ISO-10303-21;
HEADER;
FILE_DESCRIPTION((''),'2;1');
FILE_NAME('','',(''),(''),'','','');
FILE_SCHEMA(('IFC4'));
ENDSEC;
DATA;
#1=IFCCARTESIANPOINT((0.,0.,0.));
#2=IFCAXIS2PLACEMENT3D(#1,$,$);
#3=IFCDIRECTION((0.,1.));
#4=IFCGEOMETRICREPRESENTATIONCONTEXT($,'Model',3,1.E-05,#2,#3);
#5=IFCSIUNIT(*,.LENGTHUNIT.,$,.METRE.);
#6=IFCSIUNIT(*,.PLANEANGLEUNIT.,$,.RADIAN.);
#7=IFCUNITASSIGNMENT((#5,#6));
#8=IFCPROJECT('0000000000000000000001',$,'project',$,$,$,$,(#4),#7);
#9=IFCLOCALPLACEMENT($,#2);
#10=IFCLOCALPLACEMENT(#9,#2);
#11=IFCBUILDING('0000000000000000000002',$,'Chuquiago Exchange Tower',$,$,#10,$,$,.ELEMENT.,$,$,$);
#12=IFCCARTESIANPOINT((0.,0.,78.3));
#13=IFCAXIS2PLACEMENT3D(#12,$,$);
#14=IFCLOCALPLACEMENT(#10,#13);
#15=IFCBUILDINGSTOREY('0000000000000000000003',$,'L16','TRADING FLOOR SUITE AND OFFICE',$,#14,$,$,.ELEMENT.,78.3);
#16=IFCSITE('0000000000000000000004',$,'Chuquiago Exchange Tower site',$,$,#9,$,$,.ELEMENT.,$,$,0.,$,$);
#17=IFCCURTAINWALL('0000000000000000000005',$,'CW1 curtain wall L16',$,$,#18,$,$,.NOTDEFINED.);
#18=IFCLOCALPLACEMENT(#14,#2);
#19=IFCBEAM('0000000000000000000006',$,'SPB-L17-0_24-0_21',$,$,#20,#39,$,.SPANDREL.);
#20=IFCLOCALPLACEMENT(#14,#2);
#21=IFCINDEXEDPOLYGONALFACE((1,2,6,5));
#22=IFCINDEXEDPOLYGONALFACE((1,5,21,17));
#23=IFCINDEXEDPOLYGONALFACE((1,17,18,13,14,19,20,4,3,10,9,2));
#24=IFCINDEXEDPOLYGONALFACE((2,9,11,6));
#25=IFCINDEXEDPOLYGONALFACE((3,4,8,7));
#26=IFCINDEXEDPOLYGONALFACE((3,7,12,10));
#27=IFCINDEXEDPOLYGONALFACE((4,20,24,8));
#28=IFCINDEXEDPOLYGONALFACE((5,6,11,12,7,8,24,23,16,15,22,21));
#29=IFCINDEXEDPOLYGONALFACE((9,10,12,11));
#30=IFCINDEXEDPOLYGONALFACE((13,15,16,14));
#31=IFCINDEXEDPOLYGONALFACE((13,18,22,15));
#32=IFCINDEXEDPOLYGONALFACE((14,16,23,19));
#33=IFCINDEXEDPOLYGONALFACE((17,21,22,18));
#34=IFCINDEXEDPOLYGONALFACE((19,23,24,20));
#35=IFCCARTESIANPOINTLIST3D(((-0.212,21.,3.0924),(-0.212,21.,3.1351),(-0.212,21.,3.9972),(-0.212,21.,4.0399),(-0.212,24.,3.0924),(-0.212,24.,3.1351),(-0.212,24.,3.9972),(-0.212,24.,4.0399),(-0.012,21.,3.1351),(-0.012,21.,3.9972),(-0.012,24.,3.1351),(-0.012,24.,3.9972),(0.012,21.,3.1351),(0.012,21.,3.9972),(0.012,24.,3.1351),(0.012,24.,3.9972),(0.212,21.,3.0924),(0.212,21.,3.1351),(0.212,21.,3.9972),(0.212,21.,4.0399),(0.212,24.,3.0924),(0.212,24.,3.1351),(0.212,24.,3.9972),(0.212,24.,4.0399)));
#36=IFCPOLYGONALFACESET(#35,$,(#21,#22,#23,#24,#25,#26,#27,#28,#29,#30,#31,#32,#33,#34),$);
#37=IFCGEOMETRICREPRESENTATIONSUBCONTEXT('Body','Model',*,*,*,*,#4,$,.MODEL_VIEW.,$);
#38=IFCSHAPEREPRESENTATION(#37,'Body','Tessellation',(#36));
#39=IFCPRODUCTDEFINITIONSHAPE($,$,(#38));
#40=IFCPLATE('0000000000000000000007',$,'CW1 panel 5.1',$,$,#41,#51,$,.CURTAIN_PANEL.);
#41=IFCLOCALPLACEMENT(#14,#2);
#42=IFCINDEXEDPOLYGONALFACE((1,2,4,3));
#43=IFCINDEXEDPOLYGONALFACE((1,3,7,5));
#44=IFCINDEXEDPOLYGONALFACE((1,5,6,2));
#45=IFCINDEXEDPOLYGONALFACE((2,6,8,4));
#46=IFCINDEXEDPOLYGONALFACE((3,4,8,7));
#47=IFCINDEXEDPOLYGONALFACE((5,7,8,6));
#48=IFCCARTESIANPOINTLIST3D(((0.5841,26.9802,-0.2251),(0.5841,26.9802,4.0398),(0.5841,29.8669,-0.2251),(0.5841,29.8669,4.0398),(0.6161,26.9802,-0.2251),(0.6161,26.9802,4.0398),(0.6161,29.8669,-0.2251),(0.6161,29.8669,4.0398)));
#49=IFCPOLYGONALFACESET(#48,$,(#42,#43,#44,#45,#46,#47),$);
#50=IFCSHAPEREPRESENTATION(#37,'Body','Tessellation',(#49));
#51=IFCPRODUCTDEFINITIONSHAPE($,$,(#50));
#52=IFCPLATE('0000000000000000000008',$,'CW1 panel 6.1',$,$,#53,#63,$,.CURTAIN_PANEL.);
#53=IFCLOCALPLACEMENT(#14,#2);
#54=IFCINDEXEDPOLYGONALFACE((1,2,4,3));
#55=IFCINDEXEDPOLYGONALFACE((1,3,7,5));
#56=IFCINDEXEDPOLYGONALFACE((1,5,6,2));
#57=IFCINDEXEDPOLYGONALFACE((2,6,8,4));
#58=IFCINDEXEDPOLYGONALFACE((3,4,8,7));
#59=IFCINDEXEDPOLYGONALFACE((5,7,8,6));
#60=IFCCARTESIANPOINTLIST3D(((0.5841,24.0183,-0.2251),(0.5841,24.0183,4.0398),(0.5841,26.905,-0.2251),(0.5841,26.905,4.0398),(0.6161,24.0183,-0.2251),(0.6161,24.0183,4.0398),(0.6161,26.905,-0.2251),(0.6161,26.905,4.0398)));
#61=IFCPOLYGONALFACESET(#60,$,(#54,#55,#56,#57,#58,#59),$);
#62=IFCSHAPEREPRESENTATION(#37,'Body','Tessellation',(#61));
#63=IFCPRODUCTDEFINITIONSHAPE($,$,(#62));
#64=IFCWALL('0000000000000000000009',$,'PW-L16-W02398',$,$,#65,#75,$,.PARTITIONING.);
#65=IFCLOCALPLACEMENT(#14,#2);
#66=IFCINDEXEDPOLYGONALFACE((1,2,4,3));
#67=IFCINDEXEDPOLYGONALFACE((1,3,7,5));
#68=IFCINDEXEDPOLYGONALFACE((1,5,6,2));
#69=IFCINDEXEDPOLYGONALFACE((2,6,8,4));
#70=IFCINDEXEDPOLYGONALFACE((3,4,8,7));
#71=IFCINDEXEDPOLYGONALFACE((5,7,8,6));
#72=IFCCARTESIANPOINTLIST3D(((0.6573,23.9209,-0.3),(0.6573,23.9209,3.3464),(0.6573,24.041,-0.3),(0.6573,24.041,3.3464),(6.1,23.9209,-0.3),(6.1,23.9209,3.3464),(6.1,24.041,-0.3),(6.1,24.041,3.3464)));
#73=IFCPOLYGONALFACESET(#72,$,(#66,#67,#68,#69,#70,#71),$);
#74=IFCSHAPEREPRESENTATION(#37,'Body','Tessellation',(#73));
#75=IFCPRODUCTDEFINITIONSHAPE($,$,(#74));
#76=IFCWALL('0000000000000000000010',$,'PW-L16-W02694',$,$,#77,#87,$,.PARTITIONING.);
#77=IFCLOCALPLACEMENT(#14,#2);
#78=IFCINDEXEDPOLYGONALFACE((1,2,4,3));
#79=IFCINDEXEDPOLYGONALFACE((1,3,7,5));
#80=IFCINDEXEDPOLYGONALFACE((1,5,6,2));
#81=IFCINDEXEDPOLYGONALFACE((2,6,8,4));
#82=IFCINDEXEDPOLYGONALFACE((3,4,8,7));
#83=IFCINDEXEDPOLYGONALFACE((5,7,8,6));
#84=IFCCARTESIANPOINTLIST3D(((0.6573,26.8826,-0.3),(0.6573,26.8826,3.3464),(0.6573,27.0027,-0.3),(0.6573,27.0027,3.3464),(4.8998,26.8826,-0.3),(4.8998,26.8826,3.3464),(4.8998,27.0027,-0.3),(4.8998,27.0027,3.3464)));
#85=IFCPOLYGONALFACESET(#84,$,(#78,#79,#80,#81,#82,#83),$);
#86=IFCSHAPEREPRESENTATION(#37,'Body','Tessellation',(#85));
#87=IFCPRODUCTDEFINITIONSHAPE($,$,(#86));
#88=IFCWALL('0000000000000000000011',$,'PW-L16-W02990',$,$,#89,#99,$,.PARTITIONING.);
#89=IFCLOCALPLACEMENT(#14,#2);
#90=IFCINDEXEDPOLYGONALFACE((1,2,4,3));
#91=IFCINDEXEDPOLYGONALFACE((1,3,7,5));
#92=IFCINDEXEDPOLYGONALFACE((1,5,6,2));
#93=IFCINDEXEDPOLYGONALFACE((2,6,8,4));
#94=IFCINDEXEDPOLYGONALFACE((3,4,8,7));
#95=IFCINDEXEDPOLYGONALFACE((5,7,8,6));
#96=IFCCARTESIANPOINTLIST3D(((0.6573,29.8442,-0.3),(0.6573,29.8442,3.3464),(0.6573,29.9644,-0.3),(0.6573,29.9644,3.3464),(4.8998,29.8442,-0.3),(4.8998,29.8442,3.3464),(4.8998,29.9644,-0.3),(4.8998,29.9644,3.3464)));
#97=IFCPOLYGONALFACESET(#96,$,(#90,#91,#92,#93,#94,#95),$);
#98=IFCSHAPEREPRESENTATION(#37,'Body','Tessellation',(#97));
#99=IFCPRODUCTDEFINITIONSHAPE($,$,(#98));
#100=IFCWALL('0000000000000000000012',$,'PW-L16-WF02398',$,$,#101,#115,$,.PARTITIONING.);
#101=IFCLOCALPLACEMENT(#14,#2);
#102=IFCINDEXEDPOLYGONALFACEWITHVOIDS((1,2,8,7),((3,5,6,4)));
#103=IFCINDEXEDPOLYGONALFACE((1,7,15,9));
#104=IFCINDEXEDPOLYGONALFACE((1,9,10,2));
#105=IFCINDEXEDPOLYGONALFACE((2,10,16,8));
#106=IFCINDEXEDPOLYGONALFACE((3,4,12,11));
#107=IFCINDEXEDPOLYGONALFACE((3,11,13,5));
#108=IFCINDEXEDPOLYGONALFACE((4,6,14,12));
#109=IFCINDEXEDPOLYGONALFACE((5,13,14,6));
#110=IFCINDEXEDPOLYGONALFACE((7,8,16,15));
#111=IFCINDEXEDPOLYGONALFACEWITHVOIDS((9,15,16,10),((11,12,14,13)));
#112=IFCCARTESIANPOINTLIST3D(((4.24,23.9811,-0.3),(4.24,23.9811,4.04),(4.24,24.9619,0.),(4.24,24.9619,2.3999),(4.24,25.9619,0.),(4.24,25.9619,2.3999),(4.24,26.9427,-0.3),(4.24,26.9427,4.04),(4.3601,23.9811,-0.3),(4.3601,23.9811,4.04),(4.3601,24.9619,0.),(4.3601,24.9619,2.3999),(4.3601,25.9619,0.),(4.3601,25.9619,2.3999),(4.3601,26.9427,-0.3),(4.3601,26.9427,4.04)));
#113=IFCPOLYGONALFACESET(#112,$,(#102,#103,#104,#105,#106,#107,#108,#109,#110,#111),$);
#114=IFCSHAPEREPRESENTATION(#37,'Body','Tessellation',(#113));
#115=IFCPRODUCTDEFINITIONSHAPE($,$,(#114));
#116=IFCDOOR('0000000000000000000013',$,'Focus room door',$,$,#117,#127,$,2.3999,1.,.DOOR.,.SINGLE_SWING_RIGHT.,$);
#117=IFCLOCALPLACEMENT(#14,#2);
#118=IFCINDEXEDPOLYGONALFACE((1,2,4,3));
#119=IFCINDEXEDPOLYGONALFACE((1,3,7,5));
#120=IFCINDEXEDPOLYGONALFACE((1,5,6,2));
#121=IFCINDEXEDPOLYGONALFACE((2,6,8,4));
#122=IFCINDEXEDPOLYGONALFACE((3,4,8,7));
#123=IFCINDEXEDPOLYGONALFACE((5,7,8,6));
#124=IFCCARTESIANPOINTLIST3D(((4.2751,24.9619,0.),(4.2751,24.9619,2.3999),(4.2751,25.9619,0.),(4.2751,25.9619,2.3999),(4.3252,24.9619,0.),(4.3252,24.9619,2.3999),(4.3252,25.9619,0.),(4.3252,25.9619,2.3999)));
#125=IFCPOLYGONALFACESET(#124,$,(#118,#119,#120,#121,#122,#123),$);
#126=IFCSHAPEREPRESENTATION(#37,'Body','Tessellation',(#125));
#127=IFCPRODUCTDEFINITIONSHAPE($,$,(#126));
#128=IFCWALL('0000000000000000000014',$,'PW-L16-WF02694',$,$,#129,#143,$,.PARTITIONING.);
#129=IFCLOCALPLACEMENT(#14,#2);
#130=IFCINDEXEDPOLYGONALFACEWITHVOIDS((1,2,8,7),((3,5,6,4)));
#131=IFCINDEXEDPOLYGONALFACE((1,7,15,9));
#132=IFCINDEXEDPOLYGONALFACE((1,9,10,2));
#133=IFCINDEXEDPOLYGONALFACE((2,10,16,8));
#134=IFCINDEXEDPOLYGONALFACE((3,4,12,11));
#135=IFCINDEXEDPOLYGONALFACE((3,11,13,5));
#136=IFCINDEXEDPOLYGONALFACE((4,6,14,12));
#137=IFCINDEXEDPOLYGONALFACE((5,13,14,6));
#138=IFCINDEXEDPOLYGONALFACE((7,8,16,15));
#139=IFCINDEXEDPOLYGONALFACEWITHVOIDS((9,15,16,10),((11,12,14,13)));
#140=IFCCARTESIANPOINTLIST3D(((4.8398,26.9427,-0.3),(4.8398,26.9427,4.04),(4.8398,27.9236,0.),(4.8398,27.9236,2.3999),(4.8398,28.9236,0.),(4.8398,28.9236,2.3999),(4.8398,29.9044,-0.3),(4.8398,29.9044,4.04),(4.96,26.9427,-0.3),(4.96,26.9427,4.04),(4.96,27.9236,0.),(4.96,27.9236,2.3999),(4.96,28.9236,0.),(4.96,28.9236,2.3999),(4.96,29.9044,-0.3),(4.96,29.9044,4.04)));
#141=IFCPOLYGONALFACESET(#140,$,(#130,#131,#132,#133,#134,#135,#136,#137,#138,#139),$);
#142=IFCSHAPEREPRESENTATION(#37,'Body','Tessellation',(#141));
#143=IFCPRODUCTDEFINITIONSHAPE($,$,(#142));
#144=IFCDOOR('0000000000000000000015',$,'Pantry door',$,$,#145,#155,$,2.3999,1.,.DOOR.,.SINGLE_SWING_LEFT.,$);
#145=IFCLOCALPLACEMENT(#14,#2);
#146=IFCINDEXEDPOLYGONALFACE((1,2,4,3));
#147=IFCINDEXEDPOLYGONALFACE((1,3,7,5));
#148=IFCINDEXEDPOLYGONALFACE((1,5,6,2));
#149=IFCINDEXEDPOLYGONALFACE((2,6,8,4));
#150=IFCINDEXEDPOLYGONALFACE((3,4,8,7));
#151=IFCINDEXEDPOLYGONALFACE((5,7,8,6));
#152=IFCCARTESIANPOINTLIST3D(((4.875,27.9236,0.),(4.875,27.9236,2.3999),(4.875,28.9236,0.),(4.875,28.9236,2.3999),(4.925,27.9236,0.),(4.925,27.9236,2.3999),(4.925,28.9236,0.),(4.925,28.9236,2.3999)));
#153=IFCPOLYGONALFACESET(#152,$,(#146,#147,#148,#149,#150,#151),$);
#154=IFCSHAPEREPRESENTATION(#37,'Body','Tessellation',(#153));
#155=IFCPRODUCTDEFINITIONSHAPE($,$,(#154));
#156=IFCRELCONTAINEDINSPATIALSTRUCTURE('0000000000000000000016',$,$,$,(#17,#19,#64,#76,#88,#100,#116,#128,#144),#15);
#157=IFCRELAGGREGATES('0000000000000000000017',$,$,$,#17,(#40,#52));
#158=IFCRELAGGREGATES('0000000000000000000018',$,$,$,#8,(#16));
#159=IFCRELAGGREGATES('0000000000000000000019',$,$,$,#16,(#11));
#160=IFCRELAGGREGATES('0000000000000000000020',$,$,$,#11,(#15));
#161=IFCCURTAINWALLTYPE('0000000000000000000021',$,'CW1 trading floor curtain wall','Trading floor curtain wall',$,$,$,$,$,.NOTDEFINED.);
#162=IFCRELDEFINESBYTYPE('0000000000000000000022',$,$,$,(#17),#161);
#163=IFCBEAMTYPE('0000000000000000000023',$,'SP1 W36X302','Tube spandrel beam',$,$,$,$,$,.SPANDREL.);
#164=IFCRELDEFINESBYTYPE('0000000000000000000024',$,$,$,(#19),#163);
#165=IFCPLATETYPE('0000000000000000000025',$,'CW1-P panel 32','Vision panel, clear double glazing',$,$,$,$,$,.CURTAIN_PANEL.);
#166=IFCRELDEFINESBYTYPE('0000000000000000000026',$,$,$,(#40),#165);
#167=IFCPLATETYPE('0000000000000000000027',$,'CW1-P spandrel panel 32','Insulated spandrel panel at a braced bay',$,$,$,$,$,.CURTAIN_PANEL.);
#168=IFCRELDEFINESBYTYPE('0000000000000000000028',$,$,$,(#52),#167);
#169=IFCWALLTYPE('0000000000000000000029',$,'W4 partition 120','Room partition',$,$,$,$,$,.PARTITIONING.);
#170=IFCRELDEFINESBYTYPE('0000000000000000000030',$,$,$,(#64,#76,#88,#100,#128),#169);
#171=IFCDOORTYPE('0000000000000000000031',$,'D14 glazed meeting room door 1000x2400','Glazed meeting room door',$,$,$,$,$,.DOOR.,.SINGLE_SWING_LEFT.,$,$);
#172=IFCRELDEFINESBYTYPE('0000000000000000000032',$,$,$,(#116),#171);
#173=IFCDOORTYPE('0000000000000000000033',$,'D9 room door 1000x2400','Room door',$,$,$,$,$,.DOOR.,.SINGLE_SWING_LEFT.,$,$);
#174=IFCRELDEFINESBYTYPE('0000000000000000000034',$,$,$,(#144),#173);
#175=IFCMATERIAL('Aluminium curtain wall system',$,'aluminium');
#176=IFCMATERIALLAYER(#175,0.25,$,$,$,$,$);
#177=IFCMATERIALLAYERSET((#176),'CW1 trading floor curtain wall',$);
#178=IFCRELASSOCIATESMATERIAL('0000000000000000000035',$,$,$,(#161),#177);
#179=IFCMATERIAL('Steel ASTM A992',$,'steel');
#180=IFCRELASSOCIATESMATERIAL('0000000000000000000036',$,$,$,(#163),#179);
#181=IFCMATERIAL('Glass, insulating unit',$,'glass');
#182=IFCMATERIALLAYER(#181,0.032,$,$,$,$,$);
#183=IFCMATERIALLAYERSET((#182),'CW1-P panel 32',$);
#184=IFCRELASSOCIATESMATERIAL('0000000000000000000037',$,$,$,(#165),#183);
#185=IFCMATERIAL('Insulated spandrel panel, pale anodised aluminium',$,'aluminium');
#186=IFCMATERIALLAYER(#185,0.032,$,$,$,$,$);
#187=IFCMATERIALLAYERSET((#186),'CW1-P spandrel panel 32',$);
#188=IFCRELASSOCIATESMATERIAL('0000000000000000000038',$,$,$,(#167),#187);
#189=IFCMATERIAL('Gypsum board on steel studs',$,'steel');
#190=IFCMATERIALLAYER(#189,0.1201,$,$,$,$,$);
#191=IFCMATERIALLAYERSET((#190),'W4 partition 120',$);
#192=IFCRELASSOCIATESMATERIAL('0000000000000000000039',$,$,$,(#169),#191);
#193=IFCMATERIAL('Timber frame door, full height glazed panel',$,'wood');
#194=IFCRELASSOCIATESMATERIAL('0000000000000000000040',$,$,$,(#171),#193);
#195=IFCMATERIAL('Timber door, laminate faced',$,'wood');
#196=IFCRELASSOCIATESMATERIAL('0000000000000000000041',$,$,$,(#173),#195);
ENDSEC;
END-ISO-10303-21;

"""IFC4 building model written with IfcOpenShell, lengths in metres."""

from ifc_helpers import new_model, si_unit, direction, frame, frame_2d, origin, origin_2d, place, context, subcontext, project, spatial, rectangle, i_section, extrude, material, layer, layer_set, material_profile, profile_set, type_object, element, fill, aggregate, save


model = new_model("IFC4")

# Units and contexts
model_context = context("Model", 3, precision=1e-05, world=origin(), true_north=direction((0.0, 1.0)))
body_context = subcontext(model_context, "Body", "Model", "MODEL_VIEW")
ifc_project = project(units=[si_unit("LENGTHUNIT", "METRE"), si_unit("PLANEANGLEUNIT", "RADIAN")], contexts=[model_context])

# Site, building, storey
site_placement = place(None, origin())
site = spatial("IfcSite", under=ifc_project, at=site_placement, Name="Chuquiago Exchange Tower site", CompositionType="ELEMENT", RefElevation=0.0)
building_placement = place(site_placement, origin())
building = spatial("IfcBuilding", under=site, at=building_placement, Name="Chuquiago Exchange Tower", CompositionType="ELEMENT")
storey_placement = place(building_placement, frame((0.0, 0.0, 78.3)))
storey = spatial("IfcBuildingStorey", under=building, at=storey_placement, Name="L16", Description="TRADING FLOOR SUITE AND OFFICE", CompositionType="ELEMENT", Elevation=78.3)

# Curtain wall
ifc_material_1 = material(Name="Aluminium curtain wall system", Category="aluminium")
ifc_layer_1 = layer(ifc_material_1, 0.25)
ifc_layer_set_1 = layer_set([ifc_layer_1], Name="CW1 trading floor curtain wall")
curtain_wall_type = type_object("IfcCurtainWallType", Name="CW1 trading floor curtain wall", Description="Trading floor curtain wall", PredefinedType="NOTDEFINED", material=ifc_layer_set_1)
curtain_wall_placement = place(storey_placement, origin())
curtain_wall = element("IfcCurtainWall", 1, at=curtain_wall_placement, inside=storey, type_object=curtain_wall_type, Name="CW1 curtain wall L16", PredefinedType="NOTDEFINED")

# Beam
ifc_material_2 = material(Name="Steel ASTM A992", Category="steel")
ifc_material_profile_1 = material_profile(ifc_material_2, i_section(OverallWidth=0.4241, OverallDepth=0.9475, WebThickness=0.0239, FlangeThickness=0.0427, at=origin_2d()), Name="W36X302")
ifc_profile_set_1 = profile_set([ifc_material_profile_1], Name="Steel ASTM A992")
beam_type = type_object("IfcBeamType", Name="SP1 W36X302", Description="Tube spandrel beam", PredefinedType="SPANDREL", material=ifc_profile_set_1)
for number, where, z_axis, x_axis, name in (
    (2, (0.0, 24.0, 3.5662), (0.0, -1.0, 0.0), (1.0, 0.0, 0.0), "SPB-L17-0_24-0_21"),
):
    element("IfcBeam", number, at=place(storey_placement, frame(where, z_axis=z_axis, x_axis=x_axis)), inside=storey, type_object=beam_type, Name=name, PredefinedType="SPANDREL", context=body_context, shape_type="SweptSolid", body=[
        extrude(i_section(OverallWidth=0.4241, OverallDepth=0.9475, WebThickness=0.0239, FlangeThickness=0.0427, at=origin_2d()), origin(), (0.0, 0.0, 1.0), 3.0),
    ])

# Plates
ifc_material_3 = material(Name="Glass, insulating unit", Category="glass")
ifc_layer_2 = layer(ifc_material_3, 0.032)
ifc_layer_set_2 = layer_set([ifc_layer_2], Name="CW1-P panel 32")
plate_type_1 = type_object("IfcPlateType", Name="CW1-P panel 32", Description="Vision panel, clear double glazing", PredefinedType="CURTAIN_PANEL", material=ifc_layer_set_2)
plate_1_placement = place(storey_placement, frame((0.6001, 28.4236, -0.2251), z_axis=(0.0, 0.0, 1.0), x_axis=(0.0, -1.0, 0.0)))
plate_1 = element("IfcPlate", 3, at=plate_1_placement, type_object=plate_type_1, Name="CW1 panel 5.1", PredefinedType="CURTAIN_PANEL", context=body_context, shape_type="SweptSolid", body=[
    extrude(rectangle(XDim=2.8867, YDim=0.032, at=origin_2d()), origin(), (0.0, 0.0, 1.0), 4.2649),
])
ifc_material_4 = material(Name="Insulated spandrel panel, pale anodised aluminium", Category="aluminium")
ifc_layer_3 = layer(ifc_material_4, 0.032)
ifc_layer_set_3 = layer_set([ifc_layer_3], Name="CW1-P spandrel panel 32")
plate_type_2 = type_object("IfcPlateType", Name="CW1-P spandrel panel 32", Description="Insulated spandrel panel at a braced bay", PredefinedType="CURTAIN_PANEL", material=ifc_layer_set_3)
plate_2_placement = place(storey_placement, frame((0.6001, 25.4617, -0.2251), z_axis=(0.0, 0.0, 1.0), x_axis=(0.0, -1.0, 0.0)))
plate_2 = element("IfcPlate", 4, at=plate_2_placement, type_object=plate_type_2, Name="CW1 panel 6.1", PredefinedType="CURTAIN_PANEL", context=body_context, shape_type="SweptSolid", body=[
    extrude(rectangle(XDim=2.8867, YDim=0.032, at=origin_2d()), origin(), (0.0, 0.0, 1.0), 4.2649),
])
aggregate(curtain_wall, [plate_1, plate_2])

# Walls
ifc_material_5 = material(Name="Gypsum board on steel studs", Category="steel")
ifc_layer_4 = layer(ifc_material_5, 0.1201)
ifc_layer_set_4 = layer_set([ifc_layer_4], Name="W4 partition 120")
wall_type = type_object("IfcWallType", Name="W4 partition 120", Description="Room partition", PredefinedType="PARTITIONING", material=ifc_layer_set_4)
wall_1_placement = place(storey_placement, frame((0.6575, 23.981, -0.3), z_axis=(0.0, 0.0, 1.0), x_axis=(1.0, 0.0, 0.0)))
element("IfcWall", 5, at=wall_1_placement, inside=storey, type_object=wall_type, Name="PW-L16-W02398", PredefinedType="PARTITIONING", context=body_context, shape_type="SweptSolid", body=[
    extrude(rectangle(XDim=5.4426, YDim=0.1201, at=frame_2d((2.7212, 0.0))), origin(), (0.0, 0.0, 1.0), 3.6465),
])
for number, where, z_axis, x_axis, name in (
    (6, (0.6575, 26.9426, -0.3), (0.0, 0.0, 1.0), (1.0, 0.0, 0.0), "PW-L16-W02694"),
    (7, (0.6575, 29.9043, -0.3), (0.0, 0.0, 1.0), (1.0, 0.0, 0.0), "PW-L16-W02990"),
):
    element("IfcWall", number, at=place(storey_placement, frame(where, z_axis=z_axis, x_axis=x_axis)), inside=storey, type_object=wall_type, Name=name, PredefinedType="PARTITIONING", context=body_context, shape_type="SweptSolid", body=[
        extrude(rectangle(XDim=4.2424, YDim=0.1201, at=frame_2d((2.1211, 0.0))), origin(), (0.0, 0.0, 1.0), 3.6465),
    ])

# Walls, openings, doors
wall_2_placement = place(storey_placement, frame((4.3, 23.981, -0.3), z_axis=(0.0, 0.0, 1.0), x_axis=(0.0, 1.0, 0.0)))
wall_2 = element("IfcWall", 8, at=wall_2_placement, inside=storey, type_object=wall_type, Name="PW-L16-WF02398", PredefinedType="PARTITIONING", context=body_context, shape_type="SweptSolid", body=[
    extrude(rectangle(XDim=2.9617, YDim=0.1201, at=frame_2d((1.481, 0.0))), origin(), (0.0, 0.0, 1.0), 4.3401),
])
opening_1_placement = place(wall_2_placement, frame((0.981, 0.0, 0.3)))
opening_1 = element("IfcOpeningElement", 9, at=opening_1_placement, cuts=wall_2, PredefinedType="OPENING", context=body_context, shape_type="SweptSolid", body=[
    extrude(rectangle(XDim=1.0, YDim=2.3999, at=frame_2d((0.5, 1.2))), frame((0.0, 0.0701, 0.0), z_axis=(0.0, -1.0, 0.0), x_axis=(1.0, 0.0, 0.0)), (0.0, 0.0, 1.0), 0.1401),
])
ifc_material_6 = material(Name="Timber frame door, full height glazed panel", Category="wood")
door_type_1 = type_object("IfcDoorType", Name="D14 glazed meeting room door 1000x2400", Description="Glazed meeting room door", OperationType="SINGLE_SWING_LEFT", PredefinedType="DOOR", material=ifc_material_6)
door_1_placement = place(opening_1_placement, origin())
door_1 = element("IfcDoor", 10, at=door_1_placement, inside=storey, type_object=door_type_1, Name="Focus room door", OperationType="SINGLE_SWING_RIGHT", OverallHeight=2.3999, OverallWidth=1.0, PredefinedType="DOOR", context=body_context, shape_type="SweptSolid", body=[
    extrude(rectangle(XDim=1.0, YDim=2.3999, at=frame_2d((0.5, 1.2))), frame((0.0, 0.0249, 0.0), z_axis=(0.0, -1.0, 0.0), x_axis=(1.0, 0.0, 0.0)), (0.0, 0.0, 1.0), 0.05),
])
fill(opening_1, door_1)
wall_3_placement = place(storey_placement, frame((4.8999, 26.9426, -0.3), z_axis=(0.0, 0.0, 1.0), x_axis=(0.0, 1.0, 0.0)))
wall_3 = element("IfcWall", 11, at=wall_3_placement, inside=storey, type_object=wall_type, Name="PW-L16-WF02694", PredefinedType="PARTITIONING", context=body_context, shape_type="SweptSolid", body=[
    extrude(rectangle(XDim=2.9617, YDim=0.1201, at=frame_2d((1.481, 0.0))), origin(), (0.0, 0.0, 1.0), 4.3401),
])
opening_2_placement = place(wall_3_placement, frame((0.981, 0.0, 0.3)))
opening_2 = element("IfcOpeningElement", 12, at=opening_2_placement, cuts=wall_3, PredefinedType="OPENING", context=body_context, shape_type="SweptSolid", body=[
    extrude(rectangle(XDim=1.0, YDim=2.3999, at=frame_2d((0.5, 1.2))), frame((0.0, 0.0701, 0.0), z_axis=(0.0, -1.0, 0.0), x_axis=(1.0, 0.0, 0.0)), (0.0, 0.0, 1.0), 0.1401),
])
ifc_material_7 = material(Name="Timber door, laminate faced", Category="wood")
door_type_2 = type_object("IfcDoorType", Name="D9 room door 1000x2400", Description="Room door", OperationType="SINGLE_SWING_LEFT", PredefinedType="DOOR", material=ifc_material_7)
door_2_placement = place(opening_2_placement, origin())
door_2 = element("IfcDoor", 13, at=door_2_placement, inside=storey, type_object=door_type_2, Name="Pantry door", OperationType="SINGLE_SWING_LEFT", OverallHeight=2.3999, OverallWidth=1.0, PredefinedType="DOOR", context=body_context, shape_type="SweptSolid", body=[
    extrude(rectangle(XDim=1.0, YDim=2.3999, at=frame_2d((0.5, 1.2))), frame((0.0, 0.0249, 0.0), z_axis=(0.0, -1.0, 0.0), x_axis=(1.0, 0.0, 0.0)), (0.0, 0.0, 1.0), 0.05),
])
fill(opening_2, door_2)

save(model, "model.ifc")
